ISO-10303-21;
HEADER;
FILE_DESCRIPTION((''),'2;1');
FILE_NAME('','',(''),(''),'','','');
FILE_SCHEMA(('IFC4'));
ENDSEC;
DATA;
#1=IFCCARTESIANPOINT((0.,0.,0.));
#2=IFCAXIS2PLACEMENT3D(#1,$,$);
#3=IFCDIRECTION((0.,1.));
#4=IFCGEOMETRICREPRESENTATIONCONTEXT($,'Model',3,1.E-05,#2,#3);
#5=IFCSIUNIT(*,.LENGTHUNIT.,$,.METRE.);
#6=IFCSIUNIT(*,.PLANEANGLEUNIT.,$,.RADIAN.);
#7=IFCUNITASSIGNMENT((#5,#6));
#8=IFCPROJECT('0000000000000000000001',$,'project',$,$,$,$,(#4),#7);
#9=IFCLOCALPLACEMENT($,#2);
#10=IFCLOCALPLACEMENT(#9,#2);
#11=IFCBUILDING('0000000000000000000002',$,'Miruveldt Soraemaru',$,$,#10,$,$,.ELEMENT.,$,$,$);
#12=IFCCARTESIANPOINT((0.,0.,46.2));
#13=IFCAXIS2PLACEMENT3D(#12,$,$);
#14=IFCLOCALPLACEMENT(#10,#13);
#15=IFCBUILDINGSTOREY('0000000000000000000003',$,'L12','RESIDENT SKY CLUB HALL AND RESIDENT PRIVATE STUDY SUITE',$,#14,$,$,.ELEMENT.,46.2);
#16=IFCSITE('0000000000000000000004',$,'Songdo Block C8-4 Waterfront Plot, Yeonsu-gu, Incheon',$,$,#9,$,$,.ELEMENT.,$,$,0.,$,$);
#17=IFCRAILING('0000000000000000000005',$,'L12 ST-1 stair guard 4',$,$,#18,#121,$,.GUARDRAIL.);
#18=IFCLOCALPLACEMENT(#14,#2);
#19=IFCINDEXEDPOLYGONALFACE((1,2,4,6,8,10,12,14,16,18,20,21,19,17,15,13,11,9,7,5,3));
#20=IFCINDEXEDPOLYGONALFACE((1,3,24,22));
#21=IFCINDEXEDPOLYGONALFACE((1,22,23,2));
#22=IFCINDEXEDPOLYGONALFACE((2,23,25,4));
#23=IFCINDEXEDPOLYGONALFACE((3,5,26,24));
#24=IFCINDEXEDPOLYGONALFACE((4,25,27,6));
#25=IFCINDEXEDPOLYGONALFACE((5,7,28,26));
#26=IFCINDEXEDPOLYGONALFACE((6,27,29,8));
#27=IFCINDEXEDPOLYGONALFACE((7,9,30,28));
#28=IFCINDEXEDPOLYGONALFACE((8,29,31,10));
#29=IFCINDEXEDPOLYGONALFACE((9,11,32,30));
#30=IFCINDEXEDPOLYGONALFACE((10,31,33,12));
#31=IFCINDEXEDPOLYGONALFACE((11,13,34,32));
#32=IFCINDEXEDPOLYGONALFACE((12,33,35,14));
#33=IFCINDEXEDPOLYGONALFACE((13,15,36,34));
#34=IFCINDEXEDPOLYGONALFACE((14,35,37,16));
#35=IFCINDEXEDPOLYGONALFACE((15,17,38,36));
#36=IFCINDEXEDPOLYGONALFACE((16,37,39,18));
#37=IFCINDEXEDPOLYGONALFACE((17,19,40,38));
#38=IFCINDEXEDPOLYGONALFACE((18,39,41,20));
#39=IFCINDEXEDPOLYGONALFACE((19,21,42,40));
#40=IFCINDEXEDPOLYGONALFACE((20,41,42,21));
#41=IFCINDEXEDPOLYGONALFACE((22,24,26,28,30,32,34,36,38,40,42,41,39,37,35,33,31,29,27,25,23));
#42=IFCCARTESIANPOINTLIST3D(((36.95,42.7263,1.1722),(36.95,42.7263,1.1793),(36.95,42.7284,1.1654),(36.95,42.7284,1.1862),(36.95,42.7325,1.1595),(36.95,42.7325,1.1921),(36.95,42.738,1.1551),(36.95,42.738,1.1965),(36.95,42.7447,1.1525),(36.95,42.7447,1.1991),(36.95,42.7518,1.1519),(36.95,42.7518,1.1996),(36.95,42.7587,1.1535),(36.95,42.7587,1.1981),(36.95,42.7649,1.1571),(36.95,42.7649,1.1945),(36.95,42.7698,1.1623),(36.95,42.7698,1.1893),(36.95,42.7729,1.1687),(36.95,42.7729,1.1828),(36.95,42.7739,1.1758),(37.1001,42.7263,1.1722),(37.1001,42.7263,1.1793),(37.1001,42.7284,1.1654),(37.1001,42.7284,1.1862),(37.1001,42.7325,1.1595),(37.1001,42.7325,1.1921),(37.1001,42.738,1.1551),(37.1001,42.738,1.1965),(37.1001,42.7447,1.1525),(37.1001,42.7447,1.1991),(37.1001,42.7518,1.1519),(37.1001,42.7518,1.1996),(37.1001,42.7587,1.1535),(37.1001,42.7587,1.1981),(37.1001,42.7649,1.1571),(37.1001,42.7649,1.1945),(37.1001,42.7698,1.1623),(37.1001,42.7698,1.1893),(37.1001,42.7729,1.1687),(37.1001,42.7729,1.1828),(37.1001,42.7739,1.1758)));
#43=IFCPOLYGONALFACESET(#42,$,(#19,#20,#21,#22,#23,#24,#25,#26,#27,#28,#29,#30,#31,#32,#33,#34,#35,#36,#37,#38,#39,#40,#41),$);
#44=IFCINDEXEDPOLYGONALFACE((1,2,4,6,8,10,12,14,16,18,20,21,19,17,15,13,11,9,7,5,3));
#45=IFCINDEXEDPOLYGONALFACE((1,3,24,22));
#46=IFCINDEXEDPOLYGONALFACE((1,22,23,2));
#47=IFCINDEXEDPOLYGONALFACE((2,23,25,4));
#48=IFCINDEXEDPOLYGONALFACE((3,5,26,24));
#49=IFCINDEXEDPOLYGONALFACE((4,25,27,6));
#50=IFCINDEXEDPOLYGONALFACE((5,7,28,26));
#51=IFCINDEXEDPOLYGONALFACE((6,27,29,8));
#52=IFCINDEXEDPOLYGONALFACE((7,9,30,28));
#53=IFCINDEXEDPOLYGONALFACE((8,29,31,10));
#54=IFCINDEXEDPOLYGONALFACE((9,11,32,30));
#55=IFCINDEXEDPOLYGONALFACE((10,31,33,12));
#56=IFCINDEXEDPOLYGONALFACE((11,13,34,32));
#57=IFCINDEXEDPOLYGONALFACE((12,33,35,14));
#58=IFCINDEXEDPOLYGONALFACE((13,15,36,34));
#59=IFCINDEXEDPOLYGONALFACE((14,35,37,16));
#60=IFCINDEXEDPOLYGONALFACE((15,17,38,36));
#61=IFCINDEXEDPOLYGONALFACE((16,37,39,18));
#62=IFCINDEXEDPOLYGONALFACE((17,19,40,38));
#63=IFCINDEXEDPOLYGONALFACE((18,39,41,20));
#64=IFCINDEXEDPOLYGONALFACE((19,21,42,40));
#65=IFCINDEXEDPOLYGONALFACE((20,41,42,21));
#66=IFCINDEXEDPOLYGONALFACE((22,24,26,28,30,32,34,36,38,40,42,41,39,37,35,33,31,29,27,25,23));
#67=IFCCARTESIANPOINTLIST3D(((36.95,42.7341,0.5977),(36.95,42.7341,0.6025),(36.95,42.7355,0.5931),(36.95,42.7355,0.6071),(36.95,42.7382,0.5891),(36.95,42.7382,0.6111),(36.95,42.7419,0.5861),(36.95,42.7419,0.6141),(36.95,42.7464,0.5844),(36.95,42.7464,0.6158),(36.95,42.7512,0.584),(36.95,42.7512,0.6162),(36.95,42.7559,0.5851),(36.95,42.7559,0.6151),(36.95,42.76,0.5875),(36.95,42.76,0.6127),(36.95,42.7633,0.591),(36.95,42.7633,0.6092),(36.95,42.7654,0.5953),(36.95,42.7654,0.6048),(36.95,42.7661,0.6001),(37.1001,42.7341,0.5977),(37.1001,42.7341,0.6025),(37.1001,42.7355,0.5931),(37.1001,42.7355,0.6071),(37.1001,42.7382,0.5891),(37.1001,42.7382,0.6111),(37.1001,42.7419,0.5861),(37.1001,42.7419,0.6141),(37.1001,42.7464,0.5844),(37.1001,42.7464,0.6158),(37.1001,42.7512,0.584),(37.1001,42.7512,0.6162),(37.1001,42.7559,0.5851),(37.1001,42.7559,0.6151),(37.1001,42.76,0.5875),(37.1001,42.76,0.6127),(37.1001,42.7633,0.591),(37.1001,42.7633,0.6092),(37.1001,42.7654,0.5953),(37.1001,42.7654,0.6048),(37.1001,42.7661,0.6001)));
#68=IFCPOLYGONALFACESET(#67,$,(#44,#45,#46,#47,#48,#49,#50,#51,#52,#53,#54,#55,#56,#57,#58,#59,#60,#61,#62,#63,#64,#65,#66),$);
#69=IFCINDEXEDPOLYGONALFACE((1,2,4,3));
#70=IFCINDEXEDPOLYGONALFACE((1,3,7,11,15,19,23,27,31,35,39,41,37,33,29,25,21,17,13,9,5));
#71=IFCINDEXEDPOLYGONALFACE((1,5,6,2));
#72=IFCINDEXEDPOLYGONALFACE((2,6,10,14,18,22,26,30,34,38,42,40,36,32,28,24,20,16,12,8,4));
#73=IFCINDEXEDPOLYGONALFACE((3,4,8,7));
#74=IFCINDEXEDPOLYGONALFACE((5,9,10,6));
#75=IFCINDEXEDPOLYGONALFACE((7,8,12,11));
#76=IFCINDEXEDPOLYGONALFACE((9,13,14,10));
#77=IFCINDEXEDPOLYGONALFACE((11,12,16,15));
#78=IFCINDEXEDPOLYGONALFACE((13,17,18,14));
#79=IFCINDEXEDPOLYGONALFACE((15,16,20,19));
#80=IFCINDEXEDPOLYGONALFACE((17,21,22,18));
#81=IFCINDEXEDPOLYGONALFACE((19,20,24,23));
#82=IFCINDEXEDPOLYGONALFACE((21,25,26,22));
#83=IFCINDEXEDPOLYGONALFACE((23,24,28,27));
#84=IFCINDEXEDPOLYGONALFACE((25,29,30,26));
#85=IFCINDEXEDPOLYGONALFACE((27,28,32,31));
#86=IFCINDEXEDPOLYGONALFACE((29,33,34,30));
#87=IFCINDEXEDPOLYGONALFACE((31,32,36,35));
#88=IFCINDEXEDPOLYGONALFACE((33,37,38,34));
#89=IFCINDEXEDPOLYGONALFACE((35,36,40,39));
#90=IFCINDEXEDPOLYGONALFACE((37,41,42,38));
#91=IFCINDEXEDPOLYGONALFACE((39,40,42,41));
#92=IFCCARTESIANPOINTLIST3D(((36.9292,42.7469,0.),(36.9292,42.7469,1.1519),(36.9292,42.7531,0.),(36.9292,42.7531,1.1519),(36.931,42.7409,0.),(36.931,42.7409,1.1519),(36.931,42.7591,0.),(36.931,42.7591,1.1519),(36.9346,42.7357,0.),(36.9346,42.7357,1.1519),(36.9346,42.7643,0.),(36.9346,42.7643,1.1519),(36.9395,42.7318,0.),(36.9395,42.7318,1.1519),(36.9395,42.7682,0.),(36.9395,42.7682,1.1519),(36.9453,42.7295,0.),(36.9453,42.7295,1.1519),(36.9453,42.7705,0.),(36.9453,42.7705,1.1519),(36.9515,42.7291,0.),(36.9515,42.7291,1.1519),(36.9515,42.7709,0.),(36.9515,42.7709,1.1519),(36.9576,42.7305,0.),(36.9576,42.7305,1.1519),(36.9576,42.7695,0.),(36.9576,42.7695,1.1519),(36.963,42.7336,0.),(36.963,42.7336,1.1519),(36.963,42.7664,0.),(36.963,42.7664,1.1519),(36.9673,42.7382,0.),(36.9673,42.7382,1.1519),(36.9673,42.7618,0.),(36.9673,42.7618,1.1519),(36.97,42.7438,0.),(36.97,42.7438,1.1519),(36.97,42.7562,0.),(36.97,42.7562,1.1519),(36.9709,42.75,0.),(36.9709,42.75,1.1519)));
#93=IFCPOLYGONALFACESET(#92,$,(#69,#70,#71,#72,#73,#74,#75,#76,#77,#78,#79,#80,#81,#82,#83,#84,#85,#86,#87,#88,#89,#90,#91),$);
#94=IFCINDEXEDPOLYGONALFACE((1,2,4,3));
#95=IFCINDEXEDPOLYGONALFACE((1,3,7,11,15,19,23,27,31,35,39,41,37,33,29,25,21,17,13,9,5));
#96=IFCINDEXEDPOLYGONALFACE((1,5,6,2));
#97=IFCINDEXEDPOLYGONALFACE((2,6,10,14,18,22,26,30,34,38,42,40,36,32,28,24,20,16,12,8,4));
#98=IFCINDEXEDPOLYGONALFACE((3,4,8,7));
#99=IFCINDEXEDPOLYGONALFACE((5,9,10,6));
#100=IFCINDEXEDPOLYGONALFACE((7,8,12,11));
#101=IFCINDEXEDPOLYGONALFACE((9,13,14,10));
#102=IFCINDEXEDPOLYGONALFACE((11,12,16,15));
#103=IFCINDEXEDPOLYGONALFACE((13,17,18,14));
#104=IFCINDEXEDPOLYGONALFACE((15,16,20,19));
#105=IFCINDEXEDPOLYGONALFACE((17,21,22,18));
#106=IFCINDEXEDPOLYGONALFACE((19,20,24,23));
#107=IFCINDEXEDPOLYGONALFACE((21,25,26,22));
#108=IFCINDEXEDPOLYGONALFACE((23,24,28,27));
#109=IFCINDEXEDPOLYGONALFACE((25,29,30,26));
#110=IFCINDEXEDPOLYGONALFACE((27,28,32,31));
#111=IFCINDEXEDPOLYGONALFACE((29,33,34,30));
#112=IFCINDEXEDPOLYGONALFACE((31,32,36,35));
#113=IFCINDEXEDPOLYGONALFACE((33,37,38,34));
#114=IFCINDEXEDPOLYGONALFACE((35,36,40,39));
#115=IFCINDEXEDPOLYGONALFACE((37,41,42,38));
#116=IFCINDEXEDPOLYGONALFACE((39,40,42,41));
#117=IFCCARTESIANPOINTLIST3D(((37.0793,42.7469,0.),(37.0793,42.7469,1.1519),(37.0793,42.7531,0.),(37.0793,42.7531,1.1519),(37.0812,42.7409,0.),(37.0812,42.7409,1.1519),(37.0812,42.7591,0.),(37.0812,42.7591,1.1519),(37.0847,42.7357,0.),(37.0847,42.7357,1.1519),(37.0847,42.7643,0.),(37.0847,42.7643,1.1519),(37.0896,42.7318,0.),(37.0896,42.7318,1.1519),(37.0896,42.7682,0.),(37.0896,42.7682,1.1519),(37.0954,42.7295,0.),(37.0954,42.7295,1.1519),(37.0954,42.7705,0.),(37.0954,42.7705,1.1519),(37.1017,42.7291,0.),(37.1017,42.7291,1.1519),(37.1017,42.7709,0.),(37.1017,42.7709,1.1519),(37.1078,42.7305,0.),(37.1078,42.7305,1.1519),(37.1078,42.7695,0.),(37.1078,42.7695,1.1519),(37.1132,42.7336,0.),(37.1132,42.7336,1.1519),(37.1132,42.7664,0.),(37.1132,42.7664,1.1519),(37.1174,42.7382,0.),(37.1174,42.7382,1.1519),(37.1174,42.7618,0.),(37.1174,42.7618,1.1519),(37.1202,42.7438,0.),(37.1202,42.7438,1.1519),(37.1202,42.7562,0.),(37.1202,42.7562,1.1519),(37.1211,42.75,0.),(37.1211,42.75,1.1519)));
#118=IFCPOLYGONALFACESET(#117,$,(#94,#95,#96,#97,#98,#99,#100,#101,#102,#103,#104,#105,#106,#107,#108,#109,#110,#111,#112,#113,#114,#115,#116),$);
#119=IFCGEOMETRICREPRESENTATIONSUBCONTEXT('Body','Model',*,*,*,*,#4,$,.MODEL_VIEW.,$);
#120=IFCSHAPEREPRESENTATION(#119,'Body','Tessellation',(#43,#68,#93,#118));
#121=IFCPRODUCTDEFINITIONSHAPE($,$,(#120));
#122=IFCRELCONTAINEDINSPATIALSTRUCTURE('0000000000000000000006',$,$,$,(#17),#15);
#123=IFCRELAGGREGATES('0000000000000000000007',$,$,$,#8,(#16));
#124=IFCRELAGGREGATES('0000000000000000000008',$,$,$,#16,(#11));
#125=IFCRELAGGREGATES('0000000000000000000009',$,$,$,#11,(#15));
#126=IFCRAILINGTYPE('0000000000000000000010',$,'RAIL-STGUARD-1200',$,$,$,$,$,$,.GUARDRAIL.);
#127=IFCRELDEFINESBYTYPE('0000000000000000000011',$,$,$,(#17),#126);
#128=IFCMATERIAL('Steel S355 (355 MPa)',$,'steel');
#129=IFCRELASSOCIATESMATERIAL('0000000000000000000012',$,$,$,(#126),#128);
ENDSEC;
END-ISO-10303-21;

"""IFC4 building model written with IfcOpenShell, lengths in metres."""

from ifc_helpers import new_model, si_unit, direction, frame, origin, origin_2d, place, context, subcontext, project, spatial, circle, extrude, material, type_object, element, save


model = new_model("IFC4")

# Units and contexts
model_context = context("Model", 3, precision=1e-05, world=origin(), true_north=direction((0.0, 1.0)))
body_context = subcontext(model_context, "Body", "Model", "MODEL_VIEW")
ifc_project = project(units=[si_unit("LENGTHUNIT", "METRE"), si_unit("PLANEANGLEUNIT", "RADIAN")], contexts=[model_context])

# Site, building, storey
site_placement = place(None, origin())
site = spatial("IfcSite", under=ifc_project, at=site_placement, Name="Songdo Block C8-4 Waterfront Plot, Yeonsu-gu, Incheon", CompositionType="ELEMENT", RefElevation=0.0)
building_placement = place(site_placement, origin())
building = spatial("IfcBuilding", under=site, at=building_placement, Name="Miruveldt Soraemaru", CompositionType="ELEMENT")
storey_placement = place(building_placement, frame((0.0, 0.0, 46.2)))
storey = spatial("IfcBuildingStorey", under=building, at=storey_placement, Name="L12", Description="RESIDENT SKY CLUB HALL AND RESIDENT PRIVATE STUDY SUITE", CompositionType="ELEMENT", Elevation=46.2)

# Railing
ifc_material_1 = material(Name="Steel S355 (355 MPa)", Category="steel")
railing_type_1 = type_object("IfcRailingType", Name="RAIL-STGUARD-1200", PredefinedType="GUARDRAIL", material=ifc_material_1)
railing_1_placement = place(storey_placement, frame((36.95, 42.75, 0.0)))
element("IfcRailing", 1, at=railing_1_placement, inside=storey, type_object=railing_type_1, Name="L12 ST-1 stair guard 4", PredefinedType="GUARDRAIL", context=body_context, shape_type="SweptSolid", body=[
    extrude(circle(Radius=0.0239, at=origin_2d()), frame((0.0, 0.0, 1.1758), z_axis=(1.0, 0.0, 0.0), x_axis=(0.0, 1.0, 0.0)), (0.0, 0.0, 1.0), 0.1501),
    extrude(circle(Radius=0.0161, at=origin_2d()), frame((0.0, 0.0, 0.6001), z_axis=(1.0, 0.0, 0.0), x_axis=(0.0, 1.0, 0.0)), (0.0, 0.0, 1.0), 0.1501),
    extrude(circle(Radius=0.021, at=origin_2d()), origin(), (0.0, 0.0, 1.0), 1.1519),
    extrude(circle(Radius=0.021, at=origin_2d()), frame((0.1501, 0.0, 0.0)), (0.0, 0.0, 1.0), 1.1519),
])

save(model, "model.ifc")
